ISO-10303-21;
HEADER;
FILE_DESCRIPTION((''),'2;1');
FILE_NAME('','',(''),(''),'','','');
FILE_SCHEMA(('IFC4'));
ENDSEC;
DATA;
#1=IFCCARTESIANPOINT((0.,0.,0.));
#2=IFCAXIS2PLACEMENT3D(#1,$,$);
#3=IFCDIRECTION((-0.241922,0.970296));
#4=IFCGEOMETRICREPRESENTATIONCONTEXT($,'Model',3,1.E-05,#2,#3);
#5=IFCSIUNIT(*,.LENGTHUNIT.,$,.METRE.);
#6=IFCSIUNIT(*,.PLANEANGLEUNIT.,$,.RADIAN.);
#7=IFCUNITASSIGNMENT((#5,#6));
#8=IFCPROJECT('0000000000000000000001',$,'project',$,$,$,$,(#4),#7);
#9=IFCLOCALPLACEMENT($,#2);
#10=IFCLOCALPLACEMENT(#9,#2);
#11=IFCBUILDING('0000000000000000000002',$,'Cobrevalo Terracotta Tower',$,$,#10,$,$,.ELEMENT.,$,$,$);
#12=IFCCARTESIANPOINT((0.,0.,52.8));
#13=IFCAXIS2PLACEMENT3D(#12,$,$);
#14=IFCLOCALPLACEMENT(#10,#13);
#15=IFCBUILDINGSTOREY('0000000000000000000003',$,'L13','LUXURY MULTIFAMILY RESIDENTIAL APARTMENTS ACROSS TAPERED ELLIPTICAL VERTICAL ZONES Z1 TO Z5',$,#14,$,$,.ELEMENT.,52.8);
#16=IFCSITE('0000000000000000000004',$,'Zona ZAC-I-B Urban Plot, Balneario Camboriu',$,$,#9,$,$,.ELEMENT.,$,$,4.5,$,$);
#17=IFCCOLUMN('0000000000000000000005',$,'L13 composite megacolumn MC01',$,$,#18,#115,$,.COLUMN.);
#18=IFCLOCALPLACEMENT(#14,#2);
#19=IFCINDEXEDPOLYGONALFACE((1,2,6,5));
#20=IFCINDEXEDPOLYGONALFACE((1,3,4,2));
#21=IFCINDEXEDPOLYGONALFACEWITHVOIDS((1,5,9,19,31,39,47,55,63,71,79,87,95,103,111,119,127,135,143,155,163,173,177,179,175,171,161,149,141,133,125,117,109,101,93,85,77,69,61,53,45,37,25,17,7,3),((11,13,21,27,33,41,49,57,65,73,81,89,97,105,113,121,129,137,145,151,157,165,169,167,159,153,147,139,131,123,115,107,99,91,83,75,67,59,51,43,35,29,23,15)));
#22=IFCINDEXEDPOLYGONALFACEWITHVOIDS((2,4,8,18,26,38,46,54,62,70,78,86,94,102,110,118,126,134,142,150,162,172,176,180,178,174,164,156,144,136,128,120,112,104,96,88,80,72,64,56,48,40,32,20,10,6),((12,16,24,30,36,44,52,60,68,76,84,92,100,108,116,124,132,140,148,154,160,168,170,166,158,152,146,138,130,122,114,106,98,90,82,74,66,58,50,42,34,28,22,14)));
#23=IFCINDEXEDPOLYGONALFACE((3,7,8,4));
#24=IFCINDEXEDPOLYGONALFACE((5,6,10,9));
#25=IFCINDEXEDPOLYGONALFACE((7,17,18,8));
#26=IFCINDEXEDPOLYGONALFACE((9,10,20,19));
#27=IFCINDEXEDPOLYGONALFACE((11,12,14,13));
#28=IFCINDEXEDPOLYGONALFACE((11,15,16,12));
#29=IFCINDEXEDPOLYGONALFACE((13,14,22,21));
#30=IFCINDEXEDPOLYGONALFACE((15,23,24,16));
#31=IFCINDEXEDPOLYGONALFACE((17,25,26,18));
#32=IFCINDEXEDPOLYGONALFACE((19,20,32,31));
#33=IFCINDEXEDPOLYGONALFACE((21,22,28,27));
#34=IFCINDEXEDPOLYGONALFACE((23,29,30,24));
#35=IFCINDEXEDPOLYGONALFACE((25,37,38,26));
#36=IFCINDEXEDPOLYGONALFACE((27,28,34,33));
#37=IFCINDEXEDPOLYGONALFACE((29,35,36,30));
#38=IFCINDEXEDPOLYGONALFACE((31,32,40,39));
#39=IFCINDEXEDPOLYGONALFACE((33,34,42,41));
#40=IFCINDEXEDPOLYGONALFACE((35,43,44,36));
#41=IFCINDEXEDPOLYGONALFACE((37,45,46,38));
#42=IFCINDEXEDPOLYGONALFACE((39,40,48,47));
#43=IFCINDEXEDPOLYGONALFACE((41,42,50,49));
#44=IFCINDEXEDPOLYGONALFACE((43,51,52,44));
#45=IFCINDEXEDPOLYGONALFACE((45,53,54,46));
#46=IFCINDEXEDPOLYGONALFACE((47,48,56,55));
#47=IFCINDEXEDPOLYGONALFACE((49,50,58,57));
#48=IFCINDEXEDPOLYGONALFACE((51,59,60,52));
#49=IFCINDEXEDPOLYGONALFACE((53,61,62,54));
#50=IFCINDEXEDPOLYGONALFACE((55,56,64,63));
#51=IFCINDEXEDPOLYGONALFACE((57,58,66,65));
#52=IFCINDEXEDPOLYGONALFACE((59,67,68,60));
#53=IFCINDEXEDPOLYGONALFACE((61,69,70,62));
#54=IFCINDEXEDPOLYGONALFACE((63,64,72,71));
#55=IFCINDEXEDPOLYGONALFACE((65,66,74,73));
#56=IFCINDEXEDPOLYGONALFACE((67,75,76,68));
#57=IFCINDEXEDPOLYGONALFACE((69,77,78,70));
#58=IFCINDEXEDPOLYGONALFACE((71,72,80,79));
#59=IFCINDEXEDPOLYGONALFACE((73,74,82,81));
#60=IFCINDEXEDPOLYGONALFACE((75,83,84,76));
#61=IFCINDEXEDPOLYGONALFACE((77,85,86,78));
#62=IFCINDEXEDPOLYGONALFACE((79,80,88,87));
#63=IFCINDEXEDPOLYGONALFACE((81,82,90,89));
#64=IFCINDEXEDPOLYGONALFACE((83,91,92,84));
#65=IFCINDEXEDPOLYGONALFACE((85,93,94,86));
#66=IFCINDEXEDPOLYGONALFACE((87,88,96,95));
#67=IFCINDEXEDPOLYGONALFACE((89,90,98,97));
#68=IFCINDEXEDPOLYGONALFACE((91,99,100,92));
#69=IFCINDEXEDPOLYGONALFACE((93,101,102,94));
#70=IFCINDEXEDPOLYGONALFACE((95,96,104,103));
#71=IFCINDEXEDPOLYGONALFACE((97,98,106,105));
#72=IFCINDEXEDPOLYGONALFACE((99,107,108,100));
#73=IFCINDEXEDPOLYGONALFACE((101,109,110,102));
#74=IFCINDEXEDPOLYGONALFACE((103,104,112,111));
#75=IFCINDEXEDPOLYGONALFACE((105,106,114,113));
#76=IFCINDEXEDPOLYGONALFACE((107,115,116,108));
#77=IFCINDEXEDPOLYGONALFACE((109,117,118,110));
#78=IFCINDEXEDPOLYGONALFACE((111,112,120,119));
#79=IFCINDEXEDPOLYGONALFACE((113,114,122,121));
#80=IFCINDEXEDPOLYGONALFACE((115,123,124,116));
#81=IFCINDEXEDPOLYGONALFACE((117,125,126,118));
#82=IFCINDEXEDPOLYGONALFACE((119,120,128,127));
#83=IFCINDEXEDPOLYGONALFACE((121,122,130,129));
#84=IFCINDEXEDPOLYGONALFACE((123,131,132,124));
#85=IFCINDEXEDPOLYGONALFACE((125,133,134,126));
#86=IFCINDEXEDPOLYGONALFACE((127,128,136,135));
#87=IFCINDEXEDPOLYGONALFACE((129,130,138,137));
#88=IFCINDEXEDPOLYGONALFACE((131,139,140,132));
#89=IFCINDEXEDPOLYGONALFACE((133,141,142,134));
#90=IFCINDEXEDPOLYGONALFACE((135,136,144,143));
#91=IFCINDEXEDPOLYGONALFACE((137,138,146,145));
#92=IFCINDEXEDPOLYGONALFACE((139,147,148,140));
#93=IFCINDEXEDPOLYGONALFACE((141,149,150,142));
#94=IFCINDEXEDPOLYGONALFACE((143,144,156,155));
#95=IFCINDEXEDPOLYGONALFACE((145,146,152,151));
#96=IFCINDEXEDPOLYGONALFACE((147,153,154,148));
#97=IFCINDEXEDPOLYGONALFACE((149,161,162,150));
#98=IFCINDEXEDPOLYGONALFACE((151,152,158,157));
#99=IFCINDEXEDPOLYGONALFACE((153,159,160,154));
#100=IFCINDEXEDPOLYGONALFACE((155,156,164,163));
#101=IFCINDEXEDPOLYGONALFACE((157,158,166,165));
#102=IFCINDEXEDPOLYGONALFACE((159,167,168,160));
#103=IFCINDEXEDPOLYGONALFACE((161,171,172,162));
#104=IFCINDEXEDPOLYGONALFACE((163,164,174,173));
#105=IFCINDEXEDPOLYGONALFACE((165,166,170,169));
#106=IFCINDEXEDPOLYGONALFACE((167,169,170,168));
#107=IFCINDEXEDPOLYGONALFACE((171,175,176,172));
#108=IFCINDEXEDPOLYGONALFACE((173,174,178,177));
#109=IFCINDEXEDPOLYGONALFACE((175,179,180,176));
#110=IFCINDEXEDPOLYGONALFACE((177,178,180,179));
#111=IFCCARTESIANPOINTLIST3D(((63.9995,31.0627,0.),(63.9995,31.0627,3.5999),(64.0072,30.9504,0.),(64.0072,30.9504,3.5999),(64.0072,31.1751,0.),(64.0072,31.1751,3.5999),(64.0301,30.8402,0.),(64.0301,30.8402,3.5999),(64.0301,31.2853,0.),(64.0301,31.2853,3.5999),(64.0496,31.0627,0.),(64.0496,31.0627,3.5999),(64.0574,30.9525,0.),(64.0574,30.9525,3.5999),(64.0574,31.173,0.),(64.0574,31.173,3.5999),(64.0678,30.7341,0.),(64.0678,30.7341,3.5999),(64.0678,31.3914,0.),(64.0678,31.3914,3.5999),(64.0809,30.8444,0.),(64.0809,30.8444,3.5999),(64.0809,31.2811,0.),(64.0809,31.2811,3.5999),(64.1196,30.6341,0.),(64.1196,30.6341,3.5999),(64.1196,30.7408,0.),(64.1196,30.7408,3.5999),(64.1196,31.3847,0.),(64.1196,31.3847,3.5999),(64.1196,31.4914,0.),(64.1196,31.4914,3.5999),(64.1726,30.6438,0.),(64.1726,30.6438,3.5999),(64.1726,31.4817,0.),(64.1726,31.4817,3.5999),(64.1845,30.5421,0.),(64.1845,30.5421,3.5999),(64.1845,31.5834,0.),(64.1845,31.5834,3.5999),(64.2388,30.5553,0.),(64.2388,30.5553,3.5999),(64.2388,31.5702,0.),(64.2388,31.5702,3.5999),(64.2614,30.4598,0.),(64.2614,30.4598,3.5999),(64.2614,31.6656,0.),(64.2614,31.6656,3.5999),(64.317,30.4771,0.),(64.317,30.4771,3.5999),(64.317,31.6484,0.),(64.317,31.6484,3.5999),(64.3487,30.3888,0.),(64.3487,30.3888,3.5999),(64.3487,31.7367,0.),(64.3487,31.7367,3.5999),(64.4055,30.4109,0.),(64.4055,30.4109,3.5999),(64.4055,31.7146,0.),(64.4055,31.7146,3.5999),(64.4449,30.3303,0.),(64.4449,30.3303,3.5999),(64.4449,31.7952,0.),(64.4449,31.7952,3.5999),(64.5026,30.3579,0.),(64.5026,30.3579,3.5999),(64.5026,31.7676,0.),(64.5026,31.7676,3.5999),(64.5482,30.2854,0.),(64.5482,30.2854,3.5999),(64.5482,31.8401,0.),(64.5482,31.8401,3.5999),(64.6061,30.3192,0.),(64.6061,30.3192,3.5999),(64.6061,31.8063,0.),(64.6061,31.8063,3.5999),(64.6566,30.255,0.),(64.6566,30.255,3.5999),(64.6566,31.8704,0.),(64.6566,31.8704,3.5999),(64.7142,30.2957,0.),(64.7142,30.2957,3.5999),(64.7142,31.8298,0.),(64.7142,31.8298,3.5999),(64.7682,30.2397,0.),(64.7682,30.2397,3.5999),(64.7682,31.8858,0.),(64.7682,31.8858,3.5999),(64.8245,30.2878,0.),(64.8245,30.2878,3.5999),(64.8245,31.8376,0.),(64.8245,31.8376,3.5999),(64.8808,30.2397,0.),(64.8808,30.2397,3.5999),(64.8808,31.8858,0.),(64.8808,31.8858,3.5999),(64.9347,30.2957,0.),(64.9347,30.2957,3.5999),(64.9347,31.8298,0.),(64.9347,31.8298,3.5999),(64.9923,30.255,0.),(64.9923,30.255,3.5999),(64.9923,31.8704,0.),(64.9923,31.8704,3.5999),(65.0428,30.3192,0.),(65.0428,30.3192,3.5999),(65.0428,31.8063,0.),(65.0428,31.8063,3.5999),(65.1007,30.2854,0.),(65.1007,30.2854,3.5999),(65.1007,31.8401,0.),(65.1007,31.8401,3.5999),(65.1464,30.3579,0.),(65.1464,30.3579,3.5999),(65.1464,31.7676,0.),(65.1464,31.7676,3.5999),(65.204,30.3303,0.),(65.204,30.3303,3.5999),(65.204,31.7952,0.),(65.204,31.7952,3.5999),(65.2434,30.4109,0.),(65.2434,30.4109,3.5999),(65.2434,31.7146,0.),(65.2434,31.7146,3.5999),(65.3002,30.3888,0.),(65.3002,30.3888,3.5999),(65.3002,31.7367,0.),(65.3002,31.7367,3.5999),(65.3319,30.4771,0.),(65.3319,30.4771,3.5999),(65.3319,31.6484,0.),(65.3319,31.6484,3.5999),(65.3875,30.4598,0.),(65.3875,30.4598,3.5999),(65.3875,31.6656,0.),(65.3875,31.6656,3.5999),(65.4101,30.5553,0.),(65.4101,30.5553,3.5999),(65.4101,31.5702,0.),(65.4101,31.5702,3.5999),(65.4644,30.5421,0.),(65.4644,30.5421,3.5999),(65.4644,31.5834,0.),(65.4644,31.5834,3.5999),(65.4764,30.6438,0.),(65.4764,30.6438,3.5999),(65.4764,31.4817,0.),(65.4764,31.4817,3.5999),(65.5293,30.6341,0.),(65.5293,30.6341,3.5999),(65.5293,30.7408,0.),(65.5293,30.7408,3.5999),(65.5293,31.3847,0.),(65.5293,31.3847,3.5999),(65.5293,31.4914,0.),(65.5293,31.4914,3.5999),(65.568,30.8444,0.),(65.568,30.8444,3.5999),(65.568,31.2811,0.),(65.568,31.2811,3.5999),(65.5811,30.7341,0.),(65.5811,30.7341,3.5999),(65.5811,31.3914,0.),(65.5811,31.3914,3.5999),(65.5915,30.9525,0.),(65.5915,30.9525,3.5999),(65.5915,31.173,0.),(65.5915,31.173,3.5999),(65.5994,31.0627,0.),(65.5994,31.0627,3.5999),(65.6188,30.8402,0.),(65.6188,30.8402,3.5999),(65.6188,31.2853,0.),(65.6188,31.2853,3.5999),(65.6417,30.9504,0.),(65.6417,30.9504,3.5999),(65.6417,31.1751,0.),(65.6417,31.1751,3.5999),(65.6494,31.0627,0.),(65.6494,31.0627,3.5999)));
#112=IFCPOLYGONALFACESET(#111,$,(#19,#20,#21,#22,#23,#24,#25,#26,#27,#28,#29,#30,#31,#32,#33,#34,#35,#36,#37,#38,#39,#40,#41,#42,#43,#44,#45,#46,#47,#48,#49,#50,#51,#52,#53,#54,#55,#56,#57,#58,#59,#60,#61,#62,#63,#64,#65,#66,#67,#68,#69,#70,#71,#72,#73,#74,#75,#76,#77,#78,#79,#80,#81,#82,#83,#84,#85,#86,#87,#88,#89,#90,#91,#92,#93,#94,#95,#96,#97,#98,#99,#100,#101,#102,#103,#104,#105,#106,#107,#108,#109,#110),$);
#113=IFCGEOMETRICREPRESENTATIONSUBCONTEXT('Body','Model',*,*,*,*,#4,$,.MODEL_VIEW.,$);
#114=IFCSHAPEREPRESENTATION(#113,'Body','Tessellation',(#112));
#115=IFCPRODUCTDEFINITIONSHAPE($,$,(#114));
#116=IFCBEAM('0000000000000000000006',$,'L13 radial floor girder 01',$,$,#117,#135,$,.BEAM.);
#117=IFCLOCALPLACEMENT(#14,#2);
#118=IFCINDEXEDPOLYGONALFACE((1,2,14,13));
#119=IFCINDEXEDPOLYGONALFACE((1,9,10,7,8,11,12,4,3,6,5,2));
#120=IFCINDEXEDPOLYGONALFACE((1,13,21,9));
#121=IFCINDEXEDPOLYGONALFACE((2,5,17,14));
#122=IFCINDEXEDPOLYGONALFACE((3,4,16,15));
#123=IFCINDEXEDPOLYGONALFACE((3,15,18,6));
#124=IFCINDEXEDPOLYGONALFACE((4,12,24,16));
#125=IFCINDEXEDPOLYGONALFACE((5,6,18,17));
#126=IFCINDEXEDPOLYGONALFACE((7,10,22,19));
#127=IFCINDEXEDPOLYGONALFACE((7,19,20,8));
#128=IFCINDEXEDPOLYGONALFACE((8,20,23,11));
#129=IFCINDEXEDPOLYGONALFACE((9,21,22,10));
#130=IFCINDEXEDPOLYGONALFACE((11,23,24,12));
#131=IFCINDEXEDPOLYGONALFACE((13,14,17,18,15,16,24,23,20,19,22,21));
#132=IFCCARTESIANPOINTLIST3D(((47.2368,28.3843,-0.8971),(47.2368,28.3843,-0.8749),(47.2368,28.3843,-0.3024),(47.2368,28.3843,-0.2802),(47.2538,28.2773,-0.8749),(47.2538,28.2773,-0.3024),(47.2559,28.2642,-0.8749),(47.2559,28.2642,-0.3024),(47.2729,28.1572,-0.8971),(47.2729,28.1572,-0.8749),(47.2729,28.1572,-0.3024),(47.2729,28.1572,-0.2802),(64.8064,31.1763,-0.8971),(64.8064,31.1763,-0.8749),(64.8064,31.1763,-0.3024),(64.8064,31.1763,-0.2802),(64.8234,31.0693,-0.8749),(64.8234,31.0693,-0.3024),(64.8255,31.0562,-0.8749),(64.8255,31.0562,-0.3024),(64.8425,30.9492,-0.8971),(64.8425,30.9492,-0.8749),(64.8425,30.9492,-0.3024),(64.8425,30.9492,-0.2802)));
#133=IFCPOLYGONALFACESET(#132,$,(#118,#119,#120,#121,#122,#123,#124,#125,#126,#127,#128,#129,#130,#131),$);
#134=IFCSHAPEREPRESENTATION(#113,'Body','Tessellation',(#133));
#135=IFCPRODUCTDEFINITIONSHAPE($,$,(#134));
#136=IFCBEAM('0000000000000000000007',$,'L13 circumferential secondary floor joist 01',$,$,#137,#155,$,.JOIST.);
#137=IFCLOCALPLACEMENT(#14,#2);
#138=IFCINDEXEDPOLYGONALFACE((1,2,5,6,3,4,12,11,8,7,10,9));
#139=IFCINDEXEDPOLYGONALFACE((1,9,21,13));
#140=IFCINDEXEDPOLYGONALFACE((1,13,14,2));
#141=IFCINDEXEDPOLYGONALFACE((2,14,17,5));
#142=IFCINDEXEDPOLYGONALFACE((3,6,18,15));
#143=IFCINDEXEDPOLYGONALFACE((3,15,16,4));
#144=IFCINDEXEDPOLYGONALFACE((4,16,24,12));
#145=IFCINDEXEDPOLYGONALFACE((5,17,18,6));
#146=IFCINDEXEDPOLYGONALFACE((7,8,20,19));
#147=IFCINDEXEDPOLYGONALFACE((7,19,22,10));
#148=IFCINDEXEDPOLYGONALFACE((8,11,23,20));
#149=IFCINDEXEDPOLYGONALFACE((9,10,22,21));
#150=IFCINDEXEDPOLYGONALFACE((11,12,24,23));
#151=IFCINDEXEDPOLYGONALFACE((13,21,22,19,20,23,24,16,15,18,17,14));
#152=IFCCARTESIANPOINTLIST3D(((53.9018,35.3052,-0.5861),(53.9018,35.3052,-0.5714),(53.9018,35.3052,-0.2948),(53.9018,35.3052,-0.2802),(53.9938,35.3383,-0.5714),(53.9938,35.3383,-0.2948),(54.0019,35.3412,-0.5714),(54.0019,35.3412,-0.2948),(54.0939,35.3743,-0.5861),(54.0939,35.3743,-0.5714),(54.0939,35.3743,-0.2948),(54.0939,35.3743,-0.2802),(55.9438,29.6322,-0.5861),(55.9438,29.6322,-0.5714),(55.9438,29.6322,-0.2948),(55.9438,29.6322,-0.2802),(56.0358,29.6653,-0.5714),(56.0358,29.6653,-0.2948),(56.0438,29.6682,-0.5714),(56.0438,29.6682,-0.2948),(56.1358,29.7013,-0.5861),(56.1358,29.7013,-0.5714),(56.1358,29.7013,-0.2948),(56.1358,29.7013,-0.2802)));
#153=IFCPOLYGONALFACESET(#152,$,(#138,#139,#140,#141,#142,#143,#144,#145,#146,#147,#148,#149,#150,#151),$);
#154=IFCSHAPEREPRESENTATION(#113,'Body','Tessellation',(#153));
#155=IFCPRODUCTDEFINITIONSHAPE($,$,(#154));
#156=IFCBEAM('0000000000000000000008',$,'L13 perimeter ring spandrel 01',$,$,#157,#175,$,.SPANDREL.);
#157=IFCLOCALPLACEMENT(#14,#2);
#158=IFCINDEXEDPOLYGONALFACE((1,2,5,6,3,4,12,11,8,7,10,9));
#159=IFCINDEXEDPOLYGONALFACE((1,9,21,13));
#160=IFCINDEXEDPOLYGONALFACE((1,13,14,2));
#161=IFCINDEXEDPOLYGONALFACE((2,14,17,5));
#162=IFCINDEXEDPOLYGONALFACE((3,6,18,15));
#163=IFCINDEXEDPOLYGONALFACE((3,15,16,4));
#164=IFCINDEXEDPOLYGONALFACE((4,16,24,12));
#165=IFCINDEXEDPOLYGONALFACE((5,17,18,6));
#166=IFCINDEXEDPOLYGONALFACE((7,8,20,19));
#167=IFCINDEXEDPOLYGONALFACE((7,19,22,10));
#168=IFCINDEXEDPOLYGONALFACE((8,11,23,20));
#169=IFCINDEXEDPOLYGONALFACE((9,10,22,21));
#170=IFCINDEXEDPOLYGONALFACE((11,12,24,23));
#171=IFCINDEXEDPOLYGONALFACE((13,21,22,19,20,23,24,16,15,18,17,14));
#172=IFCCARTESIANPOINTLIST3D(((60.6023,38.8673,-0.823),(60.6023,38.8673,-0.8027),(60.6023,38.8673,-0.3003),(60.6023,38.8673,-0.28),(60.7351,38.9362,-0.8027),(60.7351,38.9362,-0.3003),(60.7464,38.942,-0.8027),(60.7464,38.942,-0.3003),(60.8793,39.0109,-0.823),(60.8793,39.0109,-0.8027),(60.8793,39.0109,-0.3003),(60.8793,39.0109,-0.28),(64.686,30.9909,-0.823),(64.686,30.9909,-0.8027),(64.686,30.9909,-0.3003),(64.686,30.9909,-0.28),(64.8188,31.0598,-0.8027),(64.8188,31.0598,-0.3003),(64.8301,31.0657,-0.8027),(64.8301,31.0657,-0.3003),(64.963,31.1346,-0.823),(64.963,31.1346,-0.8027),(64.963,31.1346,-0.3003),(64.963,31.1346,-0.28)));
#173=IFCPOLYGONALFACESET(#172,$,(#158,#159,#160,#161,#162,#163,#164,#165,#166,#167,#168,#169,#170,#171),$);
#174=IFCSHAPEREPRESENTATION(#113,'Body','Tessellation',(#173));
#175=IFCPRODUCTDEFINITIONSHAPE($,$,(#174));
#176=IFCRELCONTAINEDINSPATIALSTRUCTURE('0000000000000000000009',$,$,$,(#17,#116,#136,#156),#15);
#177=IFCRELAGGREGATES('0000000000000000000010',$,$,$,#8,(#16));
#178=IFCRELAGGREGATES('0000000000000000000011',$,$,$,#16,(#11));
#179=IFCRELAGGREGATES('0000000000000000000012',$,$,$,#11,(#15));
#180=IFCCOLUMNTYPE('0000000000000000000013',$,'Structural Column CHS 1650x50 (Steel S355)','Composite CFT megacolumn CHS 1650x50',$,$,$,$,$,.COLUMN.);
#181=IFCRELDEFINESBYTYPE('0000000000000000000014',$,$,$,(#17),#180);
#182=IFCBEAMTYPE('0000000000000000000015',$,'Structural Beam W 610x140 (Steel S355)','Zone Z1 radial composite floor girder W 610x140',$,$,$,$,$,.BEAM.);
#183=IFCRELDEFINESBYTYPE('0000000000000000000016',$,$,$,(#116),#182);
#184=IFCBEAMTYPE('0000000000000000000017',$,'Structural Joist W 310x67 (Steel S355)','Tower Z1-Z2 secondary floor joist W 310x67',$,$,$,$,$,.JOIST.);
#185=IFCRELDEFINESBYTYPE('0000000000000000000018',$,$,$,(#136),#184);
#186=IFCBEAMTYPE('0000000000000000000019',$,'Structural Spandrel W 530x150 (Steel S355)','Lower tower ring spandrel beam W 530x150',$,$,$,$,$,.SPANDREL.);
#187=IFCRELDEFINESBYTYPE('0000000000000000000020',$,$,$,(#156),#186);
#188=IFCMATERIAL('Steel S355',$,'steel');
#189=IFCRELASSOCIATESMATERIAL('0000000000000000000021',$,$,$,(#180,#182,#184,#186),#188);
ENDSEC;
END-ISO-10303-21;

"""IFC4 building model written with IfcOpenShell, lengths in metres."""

from ifc_helpers import new_model, si_unit, direction, frame, origin, origin_2d, place, context, subcontext, project, spatial, hollow_circle, i_section, extrude, material, material_profile, profile_set, type_object, element, save


model = new_model("IFC4")

# Units and contexts
model_context = context("Model", 3, precision=1e-05, world=origin(), true_north=direction((-0.241922, 0.970296)))
body_context = subcontext(model_context, "Body", "Model", "MODEL_VIEW")
ifc_project = project(units=[si_unit("LENGTHUNIT", "METRE"), si_unit("PLANEANGLEUNIT", "RADIAN")], contexts=[model_context])

# Site, building, storey
site_placement = place(None, origin())
site = spatial("IfcSite", under=ifc_project, at=site_placement, Name="Zona ZAC-I-B Urban Plot, Balneario Camboriu", CompositionType="ELEMENT", RefElevation=4.5)
building_placement = place(site_placement, origin())
building = spatial("IfcBuilding", under=site, at=building_placement, Name="Cobrevalo Terracotta Tower", CompositionType="ELEMENT")
storey_placement = place(building_placement, frame((0.0, 0.0, 52.8)))
storey = spatial("IfcBuildingStorey", under=building, at=storey_placement, Name="L13", Description="LUXURY MULTIFAMILY RESIDENTIAL APARTMENTS ACROSS TAPERED ELLIPTICAL VERTICAL ZONES Z1 TO Z5", CompositionType="ELEMENT", Elevation=52.8)

# Column
ifc_material_1 = material(Name="Steel S355", Category="steel")
ifc_material_profile_1 = material_profile(ifc_material_1, hollow_circle(Radius=0.825, WallThickness=0.05, at=origin_2d()), Name="CHS 1650x50")
ifc_profile_set_1 = profile_set([ifc_material_profile_1], Name="Steel S355")
column_type = type_object("IfcColumnType", Name="Structural Column CHS 1650x50 (Steel S355)", Description="Composite CFT megacolumn CHS 1650x50", PredefinedType="COLUMN", material=ifc_profile_set_1)
column_placement = place(storey_placement, frame((64.8245, 31.0627, 0.0), z_axis=(0.0, 0.0, 1.0), x_axis=(1.0, 0.0, 0.0)))
element("IfcColumn", 1, at=column_placement, inside=storey, type_object=column_type, Name="L13 composite megacolumn MC01", PredefinedType="COLUMN", context=body_context, shape_type="SweptSolid", body=[
    extrude(hollow_circle(Radius=0.825, WallThickness=0.05, at=origin_2d()), origin(), (0.0, 0.0, 1.0), 3.5999),
])

# Beams
ifc_material_profile_2 = material_profile(ifc_material_1, i_section(OverallWidth=0.23, OverallDepth=0.6169, WebThickness=0.0132, FlangeThickness=0.0222, at=origin_2d()), Name="W 610x140")
ifc_profile_set_2 = profile_set([ifc_material_profile_2], Name="Steel S355")
beam_type_1 = type_object("IfcBeamType", Name="Structural Beam W 610x140 (Steel S355)", Description="Zone Z1 radial composite floor girder W 610x140", PredefinedType="BEAM", material=ifc_profile_set_2)
beam_1_placement = place(storey_placement, frame((64.8245, 31.0627, -0.5886), z_axis=(-0.987608, -0.156941, 0.0), x_axis=(0.156941, -0.987608, 0.0)))
element("IfcBeam", 2, at=beam_1_placement, inside=storey, type_object=beam_type_1, Name="L13 radial floor girder 01", PredefinedType="BEAM", context=body_context, shape_type="SweptSolid", body=[
    extrude(i_section(OverallWidth=0.23, OverallDepth=0.6169, WebThickness=0.0132, FlangeThickness=0.0222, at=origin_2d()), origin(), (0.0, 0.0, 1.0), 17.79),
])
ifc_material_profile_3 = material_profile(ifc_material_1, i_section(OverallWidth=0.2041, OverallDepth=0.3059, WebThickness=0.0085, FlangeThickness=0.0146, at=origin_2d()), Name="W 310x67")
ifc_profile_set_3 = profile_set([ifc_material_profile_3], Name="Steel S355")
beam_type_2 = type_object("IfcBeamType", Name="Structural Joist W 310x67 (Steel S355)", Description="Tower Z1-Z2 secondary floor joist W 310x67", PredefinedType="JOIST", material=ifc_profile_set_3)
beam_2_placement = place(storey_placement, frame((56.0398, 29.6667, -0.4331), z_axis=(-0.338672, 0.940904, 0.0), x_axis=(-0.940904, -0.338672, 0.0)))
element("IfcBeam", 3, at=beam_2_placement, inside=storey, type_object=beam_type_2, Name="L13 circumferential secondary floor joist 01", PredefinedType="JOIST", context=body_context, shape_type="SweptSolid", body=[
    extrude(i_section(OverallWidth=0.2041, OverallDepth=0.3059, WebThickness=0.0085, FlangeThickness=0.0146, at=origin_2d()), origin(), (0.0, 0.0, 1.0), 6.0293),
])
ifc_material_profile_4 = material_profile(ifc_material_1, i_section(OverallWidth=0.312, OverallDepth=0.543, WebThickness=0.0127, FlangeThickness=0.0203, at=origin_2d()), Name="W 530x150")
ifc_profile_set_4 = profile_set([ifc_material_profile_4], Name="Steel S355")
beam_type_3 = type_object("IfcBeamType", Name="Structural Spandrel W 530x150 (Steel S355)", Description="Lower tower ring spandrel beam W 530x150", PredefinedType="SPANDREL", material=ifc_profile_set_4)
beam_3_placement = place(storey_placement, frame((64.8245, 31.0627, -0.5515), z_axis=(-0.460286, 0.887771, 0.0), x_axis=(-0.887771, -0.460286, 0.0)))
element("IfcBeam", 4, at=beam_3_placement, inside=storey, type_object=beam_type_3, Name="L13 perimeter ring spandrel 01", PredefinedType="SPANDREL", context=body_context, shape_type="SweptSolid", body=[
    extrude(i_section(OverallWidth=0.312, OverallDepth=0.543, WebThickness=0.0127, FlangeThickness=0.0203, at=origin_2d()), origin(), (0.0, 0.0, 1.0), 8.8721),
])

save(model, "model.ifc")
